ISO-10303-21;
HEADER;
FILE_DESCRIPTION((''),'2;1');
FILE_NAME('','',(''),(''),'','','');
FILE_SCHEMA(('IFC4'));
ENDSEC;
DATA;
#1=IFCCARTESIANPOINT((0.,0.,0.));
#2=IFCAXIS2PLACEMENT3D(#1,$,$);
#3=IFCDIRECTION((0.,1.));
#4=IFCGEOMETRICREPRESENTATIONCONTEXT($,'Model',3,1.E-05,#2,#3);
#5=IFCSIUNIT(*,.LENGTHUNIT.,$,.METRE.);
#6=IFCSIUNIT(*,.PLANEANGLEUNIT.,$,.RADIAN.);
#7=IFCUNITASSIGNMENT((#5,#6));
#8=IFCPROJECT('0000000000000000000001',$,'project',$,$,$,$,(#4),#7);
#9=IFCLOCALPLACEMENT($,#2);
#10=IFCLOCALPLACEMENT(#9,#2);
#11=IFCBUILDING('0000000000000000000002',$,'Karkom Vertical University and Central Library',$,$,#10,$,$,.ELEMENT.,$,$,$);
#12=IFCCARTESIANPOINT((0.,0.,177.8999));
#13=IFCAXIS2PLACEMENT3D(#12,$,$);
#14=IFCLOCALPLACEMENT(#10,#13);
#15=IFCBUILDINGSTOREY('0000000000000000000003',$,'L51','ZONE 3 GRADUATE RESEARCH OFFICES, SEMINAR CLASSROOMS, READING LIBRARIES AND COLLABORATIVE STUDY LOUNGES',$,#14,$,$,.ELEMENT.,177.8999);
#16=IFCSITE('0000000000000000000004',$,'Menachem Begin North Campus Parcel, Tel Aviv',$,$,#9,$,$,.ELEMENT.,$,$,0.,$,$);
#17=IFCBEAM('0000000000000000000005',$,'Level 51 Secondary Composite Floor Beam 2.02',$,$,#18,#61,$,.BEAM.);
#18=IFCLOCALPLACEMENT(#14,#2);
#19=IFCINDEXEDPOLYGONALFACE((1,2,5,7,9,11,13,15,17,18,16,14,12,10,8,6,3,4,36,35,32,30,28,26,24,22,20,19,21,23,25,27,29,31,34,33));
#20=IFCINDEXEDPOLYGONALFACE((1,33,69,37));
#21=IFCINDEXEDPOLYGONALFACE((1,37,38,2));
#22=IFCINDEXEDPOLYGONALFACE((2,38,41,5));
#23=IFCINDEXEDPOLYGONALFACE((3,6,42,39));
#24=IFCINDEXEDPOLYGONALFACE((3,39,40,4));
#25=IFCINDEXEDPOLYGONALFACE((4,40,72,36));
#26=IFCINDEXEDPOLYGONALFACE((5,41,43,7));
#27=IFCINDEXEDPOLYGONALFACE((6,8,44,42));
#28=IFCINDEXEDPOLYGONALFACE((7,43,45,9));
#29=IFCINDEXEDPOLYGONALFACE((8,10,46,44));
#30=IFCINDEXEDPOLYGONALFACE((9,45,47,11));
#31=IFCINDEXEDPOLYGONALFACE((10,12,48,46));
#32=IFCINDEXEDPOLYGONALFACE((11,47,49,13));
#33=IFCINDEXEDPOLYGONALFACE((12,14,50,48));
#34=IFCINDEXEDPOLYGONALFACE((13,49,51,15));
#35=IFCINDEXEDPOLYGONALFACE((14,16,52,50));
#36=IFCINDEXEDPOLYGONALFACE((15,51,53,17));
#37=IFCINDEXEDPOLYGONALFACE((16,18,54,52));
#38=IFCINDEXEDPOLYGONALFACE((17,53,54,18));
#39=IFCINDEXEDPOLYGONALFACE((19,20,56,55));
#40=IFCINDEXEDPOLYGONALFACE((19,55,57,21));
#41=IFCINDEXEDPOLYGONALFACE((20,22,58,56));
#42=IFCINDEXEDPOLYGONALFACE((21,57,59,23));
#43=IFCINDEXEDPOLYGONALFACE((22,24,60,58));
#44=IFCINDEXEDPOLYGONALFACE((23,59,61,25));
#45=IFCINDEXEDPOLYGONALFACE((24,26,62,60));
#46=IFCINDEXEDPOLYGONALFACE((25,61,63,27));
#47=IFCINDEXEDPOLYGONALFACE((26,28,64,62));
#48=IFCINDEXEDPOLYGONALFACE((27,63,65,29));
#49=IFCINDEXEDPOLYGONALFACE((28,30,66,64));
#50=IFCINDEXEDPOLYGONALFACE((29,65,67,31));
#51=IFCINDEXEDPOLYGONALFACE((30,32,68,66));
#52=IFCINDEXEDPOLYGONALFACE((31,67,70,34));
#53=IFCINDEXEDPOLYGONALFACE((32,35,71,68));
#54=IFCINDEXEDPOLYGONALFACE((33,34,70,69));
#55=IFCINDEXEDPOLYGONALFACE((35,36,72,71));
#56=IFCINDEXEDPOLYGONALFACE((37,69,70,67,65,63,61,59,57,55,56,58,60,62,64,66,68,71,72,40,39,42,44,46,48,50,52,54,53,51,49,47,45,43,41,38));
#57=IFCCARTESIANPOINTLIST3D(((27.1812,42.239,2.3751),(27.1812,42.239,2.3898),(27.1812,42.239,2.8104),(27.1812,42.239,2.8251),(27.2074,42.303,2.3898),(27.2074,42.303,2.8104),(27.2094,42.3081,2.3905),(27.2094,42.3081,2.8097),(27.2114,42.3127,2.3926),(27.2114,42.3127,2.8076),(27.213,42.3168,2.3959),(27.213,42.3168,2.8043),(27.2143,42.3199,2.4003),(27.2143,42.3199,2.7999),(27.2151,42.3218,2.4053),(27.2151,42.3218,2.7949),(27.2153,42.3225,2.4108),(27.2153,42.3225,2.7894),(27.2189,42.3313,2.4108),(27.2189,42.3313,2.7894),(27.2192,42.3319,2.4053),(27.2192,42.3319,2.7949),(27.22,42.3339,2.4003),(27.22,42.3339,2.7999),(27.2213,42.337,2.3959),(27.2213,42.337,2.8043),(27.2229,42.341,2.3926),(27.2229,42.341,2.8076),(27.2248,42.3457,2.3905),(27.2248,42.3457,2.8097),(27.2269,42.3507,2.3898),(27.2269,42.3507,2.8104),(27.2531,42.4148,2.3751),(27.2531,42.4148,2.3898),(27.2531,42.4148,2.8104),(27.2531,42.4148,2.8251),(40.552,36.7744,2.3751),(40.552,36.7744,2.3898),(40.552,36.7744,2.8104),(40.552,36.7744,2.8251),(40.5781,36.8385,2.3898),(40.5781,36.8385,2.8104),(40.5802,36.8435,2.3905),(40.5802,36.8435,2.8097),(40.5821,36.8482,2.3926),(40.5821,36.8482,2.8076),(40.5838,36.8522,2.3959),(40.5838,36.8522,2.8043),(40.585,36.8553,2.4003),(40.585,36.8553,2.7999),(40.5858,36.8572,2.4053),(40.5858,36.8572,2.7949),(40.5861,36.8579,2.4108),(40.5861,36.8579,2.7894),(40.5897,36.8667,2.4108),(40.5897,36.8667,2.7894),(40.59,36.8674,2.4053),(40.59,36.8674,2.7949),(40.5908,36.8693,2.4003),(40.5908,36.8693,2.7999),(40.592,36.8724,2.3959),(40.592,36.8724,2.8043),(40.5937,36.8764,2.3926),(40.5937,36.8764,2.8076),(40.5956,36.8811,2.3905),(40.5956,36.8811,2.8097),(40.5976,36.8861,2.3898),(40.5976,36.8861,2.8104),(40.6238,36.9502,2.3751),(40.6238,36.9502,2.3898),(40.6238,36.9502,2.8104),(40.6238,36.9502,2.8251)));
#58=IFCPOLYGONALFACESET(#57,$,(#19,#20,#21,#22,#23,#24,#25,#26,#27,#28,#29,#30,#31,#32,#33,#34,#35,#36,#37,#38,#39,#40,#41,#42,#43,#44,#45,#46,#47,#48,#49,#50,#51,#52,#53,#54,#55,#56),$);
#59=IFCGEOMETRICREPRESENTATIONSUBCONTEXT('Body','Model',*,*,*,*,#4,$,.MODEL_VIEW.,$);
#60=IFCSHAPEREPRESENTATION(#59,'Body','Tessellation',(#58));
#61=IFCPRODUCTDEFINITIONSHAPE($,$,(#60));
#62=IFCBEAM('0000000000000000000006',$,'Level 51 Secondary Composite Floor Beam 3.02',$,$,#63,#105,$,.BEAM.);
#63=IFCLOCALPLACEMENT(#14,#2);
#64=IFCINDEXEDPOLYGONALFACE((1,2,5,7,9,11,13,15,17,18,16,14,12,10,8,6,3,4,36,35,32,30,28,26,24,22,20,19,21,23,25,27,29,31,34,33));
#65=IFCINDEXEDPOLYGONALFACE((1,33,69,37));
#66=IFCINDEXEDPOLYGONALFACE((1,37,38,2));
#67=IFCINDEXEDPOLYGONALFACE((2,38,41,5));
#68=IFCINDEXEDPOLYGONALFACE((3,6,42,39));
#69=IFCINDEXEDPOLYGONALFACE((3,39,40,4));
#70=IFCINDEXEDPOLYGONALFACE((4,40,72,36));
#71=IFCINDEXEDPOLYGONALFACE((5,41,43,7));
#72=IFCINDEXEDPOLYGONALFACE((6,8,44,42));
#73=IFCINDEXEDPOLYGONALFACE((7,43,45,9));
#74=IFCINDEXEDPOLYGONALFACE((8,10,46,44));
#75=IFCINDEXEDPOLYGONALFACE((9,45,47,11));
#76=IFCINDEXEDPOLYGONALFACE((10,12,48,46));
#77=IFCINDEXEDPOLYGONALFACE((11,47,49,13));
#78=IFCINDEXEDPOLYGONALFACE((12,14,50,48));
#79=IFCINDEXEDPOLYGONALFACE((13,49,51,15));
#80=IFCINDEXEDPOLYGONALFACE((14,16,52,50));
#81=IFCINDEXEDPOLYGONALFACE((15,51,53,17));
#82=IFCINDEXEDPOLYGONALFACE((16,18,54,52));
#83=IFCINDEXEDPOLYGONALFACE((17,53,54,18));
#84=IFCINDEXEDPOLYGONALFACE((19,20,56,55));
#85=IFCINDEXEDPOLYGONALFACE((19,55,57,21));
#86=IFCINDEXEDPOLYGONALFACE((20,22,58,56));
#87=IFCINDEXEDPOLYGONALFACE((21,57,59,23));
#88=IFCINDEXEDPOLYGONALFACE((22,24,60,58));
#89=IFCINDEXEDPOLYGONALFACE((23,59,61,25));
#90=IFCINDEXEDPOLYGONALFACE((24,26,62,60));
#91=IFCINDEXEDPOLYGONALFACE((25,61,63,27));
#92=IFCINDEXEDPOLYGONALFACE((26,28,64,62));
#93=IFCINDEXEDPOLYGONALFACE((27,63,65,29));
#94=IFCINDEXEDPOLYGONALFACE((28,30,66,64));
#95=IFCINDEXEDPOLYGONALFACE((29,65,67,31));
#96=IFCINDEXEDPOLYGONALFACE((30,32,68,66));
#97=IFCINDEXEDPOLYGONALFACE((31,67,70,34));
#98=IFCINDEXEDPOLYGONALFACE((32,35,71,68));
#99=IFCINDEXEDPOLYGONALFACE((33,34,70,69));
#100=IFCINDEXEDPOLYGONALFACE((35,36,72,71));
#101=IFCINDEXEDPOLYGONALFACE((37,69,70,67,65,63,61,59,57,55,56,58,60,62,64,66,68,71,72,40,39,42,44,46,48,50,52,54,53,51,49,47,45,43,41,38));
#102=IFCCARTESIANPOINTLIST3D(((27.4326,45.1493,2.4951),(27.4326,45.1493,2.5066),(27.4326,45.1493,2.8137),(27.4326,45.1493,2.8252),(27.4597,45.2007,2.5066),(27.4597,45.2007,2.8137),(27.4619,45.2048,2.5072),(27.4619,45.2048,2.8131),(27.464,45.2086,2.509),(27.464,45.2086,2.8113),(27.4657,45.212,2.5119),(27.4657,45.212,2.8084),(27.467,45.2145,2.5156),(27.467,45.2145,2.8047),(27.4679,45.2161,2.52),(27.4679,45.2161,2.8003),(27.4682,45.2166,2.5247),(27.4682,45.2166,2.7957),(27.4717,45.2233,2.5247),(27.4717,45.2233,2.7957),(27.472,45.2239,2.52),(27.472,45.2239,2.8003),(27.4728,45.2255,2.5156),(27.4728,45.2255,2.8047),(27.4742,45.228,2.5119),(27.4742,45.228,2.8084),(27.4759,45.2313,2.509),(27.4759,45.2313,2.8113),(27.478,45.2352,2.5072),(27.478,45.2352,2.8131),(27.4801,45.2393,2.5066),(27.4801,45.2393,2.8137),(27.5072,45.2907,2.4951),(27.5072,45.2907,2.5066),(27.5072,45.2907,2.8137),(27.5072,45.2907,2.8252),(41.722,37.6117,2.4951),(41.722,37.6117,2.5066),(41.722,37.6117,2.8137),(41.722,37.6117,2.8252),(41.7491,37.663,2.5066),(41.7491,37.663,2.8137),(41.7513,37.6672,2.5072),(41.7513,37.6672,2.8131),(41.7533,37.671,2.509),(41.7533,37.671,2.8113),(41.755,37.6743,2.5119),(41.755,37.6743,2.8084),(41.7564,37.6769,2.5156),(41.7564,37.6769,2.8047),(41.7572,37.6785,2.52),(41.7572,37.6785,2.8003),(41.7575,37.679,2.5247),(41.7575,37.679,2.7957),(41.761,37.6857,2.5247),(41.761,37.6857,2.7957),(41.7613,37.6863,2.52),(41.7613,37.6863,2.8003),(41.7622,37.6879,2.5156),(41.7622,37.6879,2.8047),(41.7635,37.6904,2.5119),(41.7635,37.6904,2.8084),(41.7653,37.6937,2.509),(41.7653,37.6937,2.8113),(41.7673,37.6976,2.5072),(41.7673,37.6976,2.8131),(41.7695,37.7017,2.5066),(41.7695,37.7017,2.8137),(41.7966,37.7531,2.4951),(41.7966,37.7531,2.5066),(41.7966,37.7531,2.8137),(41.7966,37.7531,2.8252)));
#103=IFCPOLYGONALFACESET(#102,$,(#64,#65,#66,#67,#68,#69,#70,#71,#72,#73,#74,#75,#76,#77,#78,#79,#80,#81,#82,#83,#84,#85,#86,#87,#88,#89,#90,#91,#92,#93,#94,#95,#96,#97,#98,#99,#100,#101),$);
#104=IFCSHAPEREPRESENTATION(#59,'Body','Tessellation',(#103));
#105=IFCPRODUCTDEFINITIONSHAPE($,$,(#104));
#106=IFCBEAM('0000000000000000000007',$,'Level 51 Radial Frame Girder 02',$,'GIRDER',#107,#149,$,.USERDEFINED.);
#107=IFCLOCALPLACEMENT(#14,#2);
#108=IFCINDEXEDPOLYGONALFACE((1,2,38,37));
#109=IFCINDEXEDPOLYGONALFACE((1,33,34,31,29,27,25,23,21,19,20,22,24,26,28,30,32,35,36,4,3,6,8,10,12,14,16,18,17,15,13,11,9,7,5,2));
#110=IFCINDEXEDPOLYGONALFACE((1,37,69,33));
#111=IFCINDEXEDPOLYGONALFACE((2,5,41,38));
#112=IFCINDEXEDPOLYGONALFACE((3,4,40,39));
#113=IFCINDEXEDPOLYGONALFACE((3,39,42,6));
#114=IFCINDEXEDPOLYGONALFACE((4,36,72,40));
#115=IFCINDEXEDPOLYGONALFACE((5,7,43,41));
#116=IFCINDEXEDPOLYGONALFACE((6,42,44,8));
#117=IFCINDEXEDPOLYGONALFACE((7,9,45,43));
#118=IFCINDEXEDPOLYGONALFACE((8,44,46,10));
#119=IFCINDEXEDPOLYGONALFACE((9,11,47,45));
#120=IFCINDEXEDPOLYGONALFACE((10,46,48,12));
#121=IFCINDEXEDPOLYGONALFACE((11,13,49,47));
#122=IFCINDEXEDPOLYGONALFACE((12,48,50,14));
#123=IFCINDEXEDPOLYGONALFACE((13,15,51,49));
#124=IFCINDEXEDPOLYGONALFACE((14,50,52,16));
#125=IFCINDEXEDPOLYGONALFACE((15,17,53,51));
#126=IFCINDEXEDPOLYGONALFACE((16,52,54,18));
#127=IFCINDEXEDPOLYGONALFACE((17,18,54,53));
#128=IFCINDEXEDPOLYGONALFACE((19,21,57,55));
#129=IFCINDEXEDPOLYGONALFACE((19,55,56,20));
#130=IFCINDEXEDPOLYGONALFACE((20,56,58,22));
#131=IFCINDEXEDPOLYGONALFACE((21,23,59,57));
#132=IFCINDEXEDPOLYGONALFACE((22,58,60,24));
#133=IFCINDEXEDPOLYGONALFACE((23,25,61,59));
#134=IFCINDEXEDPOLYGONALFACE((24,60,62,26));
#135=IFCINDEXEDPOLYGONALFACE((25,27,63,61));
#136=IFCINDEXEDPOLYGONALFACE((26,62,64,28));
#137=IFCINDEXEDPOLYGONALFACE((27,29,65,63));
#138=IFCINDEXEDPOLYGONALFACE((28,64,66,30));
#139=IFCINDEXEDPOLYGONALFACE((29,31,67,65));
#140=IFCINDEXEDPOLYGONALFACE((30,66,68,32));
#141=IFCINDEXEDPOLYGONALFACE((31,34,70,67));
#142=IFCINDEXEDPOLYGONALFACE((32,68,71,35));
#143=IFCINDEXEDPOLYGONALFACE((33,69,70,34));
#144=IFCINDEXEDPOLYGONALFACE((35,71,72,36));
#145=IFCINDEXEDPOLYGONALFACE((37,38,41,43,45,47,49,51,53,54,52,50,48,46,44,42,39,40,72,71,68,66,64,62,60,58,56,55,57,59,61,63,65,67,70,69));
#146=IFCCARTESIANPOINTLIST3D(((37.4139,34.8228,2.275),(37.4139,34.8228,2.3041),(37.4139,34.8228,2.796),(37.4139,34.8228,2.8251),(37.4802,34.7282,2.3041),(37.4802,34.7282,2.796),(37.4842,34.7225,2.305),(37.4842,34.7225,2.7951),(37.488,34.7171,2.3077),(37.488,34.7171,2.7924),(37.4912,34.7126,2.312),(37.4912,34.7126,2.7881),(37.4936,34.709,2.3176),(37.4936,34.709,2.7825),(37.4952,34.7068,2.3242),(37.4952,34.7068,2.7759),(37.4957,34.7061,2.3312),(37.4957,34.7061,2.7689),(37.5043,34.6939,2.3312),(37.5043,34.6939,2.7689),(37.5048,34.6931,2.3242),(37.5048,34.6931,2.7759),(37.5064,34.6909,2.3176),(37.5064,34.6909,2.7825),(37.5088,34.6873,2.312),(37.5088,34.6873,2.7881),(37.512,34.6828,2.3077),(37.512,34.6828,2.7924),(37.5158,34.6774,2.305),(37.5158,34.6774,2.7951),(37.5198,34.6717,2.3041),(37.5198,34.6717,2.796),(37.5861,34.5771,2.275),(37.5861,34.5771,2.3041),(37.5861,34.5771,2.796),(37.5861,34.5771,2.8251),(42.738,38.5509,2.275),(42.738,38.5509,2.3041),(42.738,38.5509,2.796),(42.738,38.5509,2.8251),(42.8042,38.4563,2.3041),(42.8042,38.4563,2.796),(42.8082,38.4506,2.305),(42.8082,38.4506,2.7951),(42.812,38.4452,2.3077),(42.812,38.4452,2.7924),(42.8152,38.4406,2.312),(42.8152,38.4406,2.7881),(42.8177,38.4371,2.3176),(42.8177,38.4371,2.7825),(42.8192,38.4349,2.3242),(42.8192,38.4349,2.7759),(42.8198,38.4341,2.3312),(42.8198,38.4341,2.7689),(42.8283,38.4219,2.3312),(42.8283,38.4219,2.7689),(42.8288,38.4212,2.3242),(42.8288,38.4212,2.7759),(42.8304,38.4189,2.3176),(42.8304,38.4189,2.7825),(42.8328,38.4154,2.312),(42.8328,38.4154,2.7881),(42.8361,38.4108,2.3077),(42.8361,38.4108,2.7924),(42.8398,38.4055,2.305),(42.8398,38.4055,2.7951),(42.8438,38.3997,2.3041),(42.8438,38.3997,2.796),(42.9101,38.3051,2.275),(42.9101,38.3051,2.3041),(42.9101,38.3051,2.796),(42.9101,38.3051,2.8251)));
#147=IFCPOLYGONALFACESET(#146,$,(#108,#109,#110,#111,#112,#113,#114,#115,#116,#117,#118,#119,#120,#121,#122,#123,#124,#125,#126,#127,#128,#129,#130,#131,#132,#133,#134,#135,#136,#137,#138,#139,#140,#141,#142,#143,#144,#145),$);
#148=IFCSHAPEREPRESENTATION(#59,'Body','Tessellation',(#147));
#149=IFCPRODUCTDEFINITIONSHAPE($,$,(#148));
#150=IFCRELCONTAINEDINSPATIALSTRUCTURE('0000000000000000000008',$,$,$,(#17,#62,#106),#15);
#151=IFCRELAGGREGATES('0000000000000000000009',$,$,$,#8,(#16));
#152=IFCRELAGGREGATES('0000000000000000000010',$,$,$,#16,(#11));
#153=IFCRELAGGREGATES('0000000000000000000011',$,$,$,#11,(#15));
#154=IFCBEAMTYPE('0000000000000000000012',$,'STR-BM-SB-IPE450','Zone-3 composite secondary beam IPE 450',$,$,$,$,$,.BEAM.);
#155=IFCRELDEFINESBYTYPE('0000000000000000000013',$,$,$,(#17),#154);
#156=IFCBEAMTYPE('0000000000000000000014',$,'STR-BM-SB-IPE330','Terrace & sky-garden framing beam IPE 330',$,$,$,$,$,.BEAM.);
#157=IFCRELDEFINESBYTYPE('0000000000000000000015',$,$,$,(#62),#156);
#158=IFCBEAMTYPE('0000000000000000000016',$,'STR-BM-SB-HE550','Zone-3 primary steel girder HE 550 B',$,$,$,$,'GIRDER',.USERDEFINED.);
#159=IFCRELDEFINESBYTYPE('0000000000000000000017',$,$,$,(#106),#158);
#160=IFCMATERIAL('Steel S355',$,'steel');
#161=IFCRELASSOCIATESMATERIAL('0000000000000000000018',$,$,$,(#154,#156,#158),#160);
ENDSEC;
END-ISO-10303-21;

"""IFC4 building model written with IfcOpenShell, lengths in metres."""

from ifc_helpers import new_model, si_unit, direction, frame, origin, origin_with_axes, origin_2d, place, context, subcontext, project, spatial, i_section, extrude, source, transform, mapped, material, material_profile, profile_set, type_object, element, save


model = new_model("IFC4")

# Units and contexts
model_context = context("Model", 3, precision=1e-05, world=origin(), true_north=direction((0.0, 1.0)))
body_context = subcontext(model_context, "Body", "Model", "MODEL_VIEW")
ifc_project = project(units=[si_unit("LENGTHUNIT", "METRE"), si_unit("PLANEANGLEUNIT", "RADIAN")], contexts=[model_context])

# Site, building, storey
site_placement = place(None, origin())
site = spatial("IfcSite", under=ifc_project, at=site_placement, Name="Menachem Begin North Campus Parcel, Tel Aviv", CompositionType="ELEMENT", RefElevation=0.0)
building_placement = place(site_placement, origin())
building = spatial("IfcBuilding", under=site, at=building_placement, Name="Karkom Vertical University and Central Library", CompositionType="ELEMENT")
storey_placement = place(building_placement, frame((0.0, 0.0, 177.8999)))
storey = spatial("IfcBuildingStorey", under=building, at=storey_placement, Name="L51", Description="ZONE 3 GRADUATE RESEARCH OFFICES, SEMINAR CLASSROOMS, READING LIBRARIES AND COLLABORATIVE STUDY LOUNGES", CompositionType="ELEMENT", Elevation=177.8999)

# Beams
ifc_material_1 = material(Name="Steel S355", Category="steel")
ifc_material_profile_1 = material_profile(ifc_material_1, i_section(OverallWidth=0.1899, OverallDepth=0.45, WebThickness=0.0095, FlangeThickness=0.0146, FilletRadius=0.021, at=origin_2d()), Name="IPE 450")
ifc_profile_set_1 = profile_set([ifc_material_profile_1], Name="Steel S355")
beam_type_1 = type_object("IfcBeamType", Name="STR-BM-SB-IPE450", Description="Zone-3 composite secondary beam IPE 450", PredefinedType="BEAM", material=ifc_profile_set_1)
shared_shape_1 = source(origin_with_axes(), body_context, "Body", "SweptSolid", [
    extrude(i_section(OverallWidth=0.1899, OverallDepth=0.45, WebThickness=0.0095, FlangeThickness=0.0146, FilletRadius=0.021, at=origin_2d()), origin(), (0.0, 0.0, 1.0), 14.4443),
])
beam_1_placement = place(storey_placement, frame((40.5879, 36.8623, 2.6001), z_axis=(-0.925675, 0.378319, 0.0), x_axis=(-0.378319, -0.925675, 0.0)))
element("IfcBeam", 1, at=beam_1_placement, inside=storey, type_object=beam_type_1, Name="Level 51 Secondary Composite Floor Beam 2.02", PredefinedType="BEAM", context=body_context, shape_type="MappedRepresentation", body=[
    mapped(shared_shape_1, transform((0.0, 0.0, 0.0), scale=1.0)),
])
ifc_material_profile_2 = material_profile(ifc_material_1, i_section(OverallWidth=0.1599, OverallDepth=0.3301, WebThickness=0.0076, FlangeThickness=0.0115, FilletRadius=0.0181, at=origin_2d()), Name="IPE 330")
ifc_profile_set_2 = profile_set([ifc_material_profile_2], Name="Steel S355")
beam_type_2 = type_object("IfcBeamType", Name="STR-BM-SB-IPE330", Description="Terrace & sky-garden framing beam IPE 330", PredefinedType="BEAM", material=ifc_profile_set_2)
shared_shape_2 = source(origin_with_axes(), body_context, "Body", "SweptSolid", [
    extrude(i_section(OverallWidth=0.1599, OverallDepth=0.3301, WebThickness=0.0076, FlangeThickness=0.0115, FilletRadius=0.0181, at=origin_2d()), origin(), (0.0, 0.0, 1.0), 16.1555),
])
beam_2_placement = place(storey_placement, frame((41.7593, 37.6824, 2.6602), z_axis=(-0.884486, 0.466566, 0.0), x_axis=(-0.466566, -0.884486, 0.0)))
element("IfcBeam", 2, at=beam_2_placement, inside=storey, type_object=beam_type_2, Name="Level 51 Secondary Composite Floor Beam 3.02", PredefinedType="BEAM", context=body_context, shape_type="MappedRepresentation", body=[
    mapped(shared_shape_2, transform((0.0, 0.0, 0.0), scale=1.0)),
])
ifc_material_profile_3 = material_profile(ifc_material_1, i_section(OverallWidth=0.3, OverallDepth=0.55, WebThickness=0.0149, FlangeThickness=0.0291, FilletRadius=0.0271, at=origin_2d()), Name="HE 550 B")
ifc_profile_set_3 = profile_set([ifc_material_profile_3], Name="Steel S355")
beam_type_3 = type_object("IfcBeamType", Name="STR-BM-SB-HE550", Description="Zone-3 primary steel girder HE 550 B", ElementType="GIRDER", PredefinedType="USERDEFINED", material=ifc_profile_set_3)
shared_shape_3 = source(origin_with_axes(), body_context, "Body", "SweptSolid", [
    extrude(i_section(OverallWidth=0.3, OverallDepth=0.55, WebThickness=0.0149, FlangeThickness=0.0291, FilletRadius=0.0271, at=origin_2d()), origin(), (0.0, 0.0, 1.0), 6.4995),
])
beam_3_placement = place(storey_placement, frame((37.5, 34.7, 2.55), z_axis=(0.819142, 0.573591, 0.0), x_axis=(-0.573591, 0.819142, 0.0)))
element("IfcBeam", 3, at=beam_3_placement, inside=storey, type_object=beam_type_3, Name="Level 51 Radial Frame Girder 02", ObjectType="GIRDER", PredefinedType="USERDEFINED", context=body_context, shape_type="MappedRepresentation", body=[
    mapped(shared_shape_3, transform((0.0, 0.0, 0.0), scale=1.0)),
])

save(model, "model.ifc")
